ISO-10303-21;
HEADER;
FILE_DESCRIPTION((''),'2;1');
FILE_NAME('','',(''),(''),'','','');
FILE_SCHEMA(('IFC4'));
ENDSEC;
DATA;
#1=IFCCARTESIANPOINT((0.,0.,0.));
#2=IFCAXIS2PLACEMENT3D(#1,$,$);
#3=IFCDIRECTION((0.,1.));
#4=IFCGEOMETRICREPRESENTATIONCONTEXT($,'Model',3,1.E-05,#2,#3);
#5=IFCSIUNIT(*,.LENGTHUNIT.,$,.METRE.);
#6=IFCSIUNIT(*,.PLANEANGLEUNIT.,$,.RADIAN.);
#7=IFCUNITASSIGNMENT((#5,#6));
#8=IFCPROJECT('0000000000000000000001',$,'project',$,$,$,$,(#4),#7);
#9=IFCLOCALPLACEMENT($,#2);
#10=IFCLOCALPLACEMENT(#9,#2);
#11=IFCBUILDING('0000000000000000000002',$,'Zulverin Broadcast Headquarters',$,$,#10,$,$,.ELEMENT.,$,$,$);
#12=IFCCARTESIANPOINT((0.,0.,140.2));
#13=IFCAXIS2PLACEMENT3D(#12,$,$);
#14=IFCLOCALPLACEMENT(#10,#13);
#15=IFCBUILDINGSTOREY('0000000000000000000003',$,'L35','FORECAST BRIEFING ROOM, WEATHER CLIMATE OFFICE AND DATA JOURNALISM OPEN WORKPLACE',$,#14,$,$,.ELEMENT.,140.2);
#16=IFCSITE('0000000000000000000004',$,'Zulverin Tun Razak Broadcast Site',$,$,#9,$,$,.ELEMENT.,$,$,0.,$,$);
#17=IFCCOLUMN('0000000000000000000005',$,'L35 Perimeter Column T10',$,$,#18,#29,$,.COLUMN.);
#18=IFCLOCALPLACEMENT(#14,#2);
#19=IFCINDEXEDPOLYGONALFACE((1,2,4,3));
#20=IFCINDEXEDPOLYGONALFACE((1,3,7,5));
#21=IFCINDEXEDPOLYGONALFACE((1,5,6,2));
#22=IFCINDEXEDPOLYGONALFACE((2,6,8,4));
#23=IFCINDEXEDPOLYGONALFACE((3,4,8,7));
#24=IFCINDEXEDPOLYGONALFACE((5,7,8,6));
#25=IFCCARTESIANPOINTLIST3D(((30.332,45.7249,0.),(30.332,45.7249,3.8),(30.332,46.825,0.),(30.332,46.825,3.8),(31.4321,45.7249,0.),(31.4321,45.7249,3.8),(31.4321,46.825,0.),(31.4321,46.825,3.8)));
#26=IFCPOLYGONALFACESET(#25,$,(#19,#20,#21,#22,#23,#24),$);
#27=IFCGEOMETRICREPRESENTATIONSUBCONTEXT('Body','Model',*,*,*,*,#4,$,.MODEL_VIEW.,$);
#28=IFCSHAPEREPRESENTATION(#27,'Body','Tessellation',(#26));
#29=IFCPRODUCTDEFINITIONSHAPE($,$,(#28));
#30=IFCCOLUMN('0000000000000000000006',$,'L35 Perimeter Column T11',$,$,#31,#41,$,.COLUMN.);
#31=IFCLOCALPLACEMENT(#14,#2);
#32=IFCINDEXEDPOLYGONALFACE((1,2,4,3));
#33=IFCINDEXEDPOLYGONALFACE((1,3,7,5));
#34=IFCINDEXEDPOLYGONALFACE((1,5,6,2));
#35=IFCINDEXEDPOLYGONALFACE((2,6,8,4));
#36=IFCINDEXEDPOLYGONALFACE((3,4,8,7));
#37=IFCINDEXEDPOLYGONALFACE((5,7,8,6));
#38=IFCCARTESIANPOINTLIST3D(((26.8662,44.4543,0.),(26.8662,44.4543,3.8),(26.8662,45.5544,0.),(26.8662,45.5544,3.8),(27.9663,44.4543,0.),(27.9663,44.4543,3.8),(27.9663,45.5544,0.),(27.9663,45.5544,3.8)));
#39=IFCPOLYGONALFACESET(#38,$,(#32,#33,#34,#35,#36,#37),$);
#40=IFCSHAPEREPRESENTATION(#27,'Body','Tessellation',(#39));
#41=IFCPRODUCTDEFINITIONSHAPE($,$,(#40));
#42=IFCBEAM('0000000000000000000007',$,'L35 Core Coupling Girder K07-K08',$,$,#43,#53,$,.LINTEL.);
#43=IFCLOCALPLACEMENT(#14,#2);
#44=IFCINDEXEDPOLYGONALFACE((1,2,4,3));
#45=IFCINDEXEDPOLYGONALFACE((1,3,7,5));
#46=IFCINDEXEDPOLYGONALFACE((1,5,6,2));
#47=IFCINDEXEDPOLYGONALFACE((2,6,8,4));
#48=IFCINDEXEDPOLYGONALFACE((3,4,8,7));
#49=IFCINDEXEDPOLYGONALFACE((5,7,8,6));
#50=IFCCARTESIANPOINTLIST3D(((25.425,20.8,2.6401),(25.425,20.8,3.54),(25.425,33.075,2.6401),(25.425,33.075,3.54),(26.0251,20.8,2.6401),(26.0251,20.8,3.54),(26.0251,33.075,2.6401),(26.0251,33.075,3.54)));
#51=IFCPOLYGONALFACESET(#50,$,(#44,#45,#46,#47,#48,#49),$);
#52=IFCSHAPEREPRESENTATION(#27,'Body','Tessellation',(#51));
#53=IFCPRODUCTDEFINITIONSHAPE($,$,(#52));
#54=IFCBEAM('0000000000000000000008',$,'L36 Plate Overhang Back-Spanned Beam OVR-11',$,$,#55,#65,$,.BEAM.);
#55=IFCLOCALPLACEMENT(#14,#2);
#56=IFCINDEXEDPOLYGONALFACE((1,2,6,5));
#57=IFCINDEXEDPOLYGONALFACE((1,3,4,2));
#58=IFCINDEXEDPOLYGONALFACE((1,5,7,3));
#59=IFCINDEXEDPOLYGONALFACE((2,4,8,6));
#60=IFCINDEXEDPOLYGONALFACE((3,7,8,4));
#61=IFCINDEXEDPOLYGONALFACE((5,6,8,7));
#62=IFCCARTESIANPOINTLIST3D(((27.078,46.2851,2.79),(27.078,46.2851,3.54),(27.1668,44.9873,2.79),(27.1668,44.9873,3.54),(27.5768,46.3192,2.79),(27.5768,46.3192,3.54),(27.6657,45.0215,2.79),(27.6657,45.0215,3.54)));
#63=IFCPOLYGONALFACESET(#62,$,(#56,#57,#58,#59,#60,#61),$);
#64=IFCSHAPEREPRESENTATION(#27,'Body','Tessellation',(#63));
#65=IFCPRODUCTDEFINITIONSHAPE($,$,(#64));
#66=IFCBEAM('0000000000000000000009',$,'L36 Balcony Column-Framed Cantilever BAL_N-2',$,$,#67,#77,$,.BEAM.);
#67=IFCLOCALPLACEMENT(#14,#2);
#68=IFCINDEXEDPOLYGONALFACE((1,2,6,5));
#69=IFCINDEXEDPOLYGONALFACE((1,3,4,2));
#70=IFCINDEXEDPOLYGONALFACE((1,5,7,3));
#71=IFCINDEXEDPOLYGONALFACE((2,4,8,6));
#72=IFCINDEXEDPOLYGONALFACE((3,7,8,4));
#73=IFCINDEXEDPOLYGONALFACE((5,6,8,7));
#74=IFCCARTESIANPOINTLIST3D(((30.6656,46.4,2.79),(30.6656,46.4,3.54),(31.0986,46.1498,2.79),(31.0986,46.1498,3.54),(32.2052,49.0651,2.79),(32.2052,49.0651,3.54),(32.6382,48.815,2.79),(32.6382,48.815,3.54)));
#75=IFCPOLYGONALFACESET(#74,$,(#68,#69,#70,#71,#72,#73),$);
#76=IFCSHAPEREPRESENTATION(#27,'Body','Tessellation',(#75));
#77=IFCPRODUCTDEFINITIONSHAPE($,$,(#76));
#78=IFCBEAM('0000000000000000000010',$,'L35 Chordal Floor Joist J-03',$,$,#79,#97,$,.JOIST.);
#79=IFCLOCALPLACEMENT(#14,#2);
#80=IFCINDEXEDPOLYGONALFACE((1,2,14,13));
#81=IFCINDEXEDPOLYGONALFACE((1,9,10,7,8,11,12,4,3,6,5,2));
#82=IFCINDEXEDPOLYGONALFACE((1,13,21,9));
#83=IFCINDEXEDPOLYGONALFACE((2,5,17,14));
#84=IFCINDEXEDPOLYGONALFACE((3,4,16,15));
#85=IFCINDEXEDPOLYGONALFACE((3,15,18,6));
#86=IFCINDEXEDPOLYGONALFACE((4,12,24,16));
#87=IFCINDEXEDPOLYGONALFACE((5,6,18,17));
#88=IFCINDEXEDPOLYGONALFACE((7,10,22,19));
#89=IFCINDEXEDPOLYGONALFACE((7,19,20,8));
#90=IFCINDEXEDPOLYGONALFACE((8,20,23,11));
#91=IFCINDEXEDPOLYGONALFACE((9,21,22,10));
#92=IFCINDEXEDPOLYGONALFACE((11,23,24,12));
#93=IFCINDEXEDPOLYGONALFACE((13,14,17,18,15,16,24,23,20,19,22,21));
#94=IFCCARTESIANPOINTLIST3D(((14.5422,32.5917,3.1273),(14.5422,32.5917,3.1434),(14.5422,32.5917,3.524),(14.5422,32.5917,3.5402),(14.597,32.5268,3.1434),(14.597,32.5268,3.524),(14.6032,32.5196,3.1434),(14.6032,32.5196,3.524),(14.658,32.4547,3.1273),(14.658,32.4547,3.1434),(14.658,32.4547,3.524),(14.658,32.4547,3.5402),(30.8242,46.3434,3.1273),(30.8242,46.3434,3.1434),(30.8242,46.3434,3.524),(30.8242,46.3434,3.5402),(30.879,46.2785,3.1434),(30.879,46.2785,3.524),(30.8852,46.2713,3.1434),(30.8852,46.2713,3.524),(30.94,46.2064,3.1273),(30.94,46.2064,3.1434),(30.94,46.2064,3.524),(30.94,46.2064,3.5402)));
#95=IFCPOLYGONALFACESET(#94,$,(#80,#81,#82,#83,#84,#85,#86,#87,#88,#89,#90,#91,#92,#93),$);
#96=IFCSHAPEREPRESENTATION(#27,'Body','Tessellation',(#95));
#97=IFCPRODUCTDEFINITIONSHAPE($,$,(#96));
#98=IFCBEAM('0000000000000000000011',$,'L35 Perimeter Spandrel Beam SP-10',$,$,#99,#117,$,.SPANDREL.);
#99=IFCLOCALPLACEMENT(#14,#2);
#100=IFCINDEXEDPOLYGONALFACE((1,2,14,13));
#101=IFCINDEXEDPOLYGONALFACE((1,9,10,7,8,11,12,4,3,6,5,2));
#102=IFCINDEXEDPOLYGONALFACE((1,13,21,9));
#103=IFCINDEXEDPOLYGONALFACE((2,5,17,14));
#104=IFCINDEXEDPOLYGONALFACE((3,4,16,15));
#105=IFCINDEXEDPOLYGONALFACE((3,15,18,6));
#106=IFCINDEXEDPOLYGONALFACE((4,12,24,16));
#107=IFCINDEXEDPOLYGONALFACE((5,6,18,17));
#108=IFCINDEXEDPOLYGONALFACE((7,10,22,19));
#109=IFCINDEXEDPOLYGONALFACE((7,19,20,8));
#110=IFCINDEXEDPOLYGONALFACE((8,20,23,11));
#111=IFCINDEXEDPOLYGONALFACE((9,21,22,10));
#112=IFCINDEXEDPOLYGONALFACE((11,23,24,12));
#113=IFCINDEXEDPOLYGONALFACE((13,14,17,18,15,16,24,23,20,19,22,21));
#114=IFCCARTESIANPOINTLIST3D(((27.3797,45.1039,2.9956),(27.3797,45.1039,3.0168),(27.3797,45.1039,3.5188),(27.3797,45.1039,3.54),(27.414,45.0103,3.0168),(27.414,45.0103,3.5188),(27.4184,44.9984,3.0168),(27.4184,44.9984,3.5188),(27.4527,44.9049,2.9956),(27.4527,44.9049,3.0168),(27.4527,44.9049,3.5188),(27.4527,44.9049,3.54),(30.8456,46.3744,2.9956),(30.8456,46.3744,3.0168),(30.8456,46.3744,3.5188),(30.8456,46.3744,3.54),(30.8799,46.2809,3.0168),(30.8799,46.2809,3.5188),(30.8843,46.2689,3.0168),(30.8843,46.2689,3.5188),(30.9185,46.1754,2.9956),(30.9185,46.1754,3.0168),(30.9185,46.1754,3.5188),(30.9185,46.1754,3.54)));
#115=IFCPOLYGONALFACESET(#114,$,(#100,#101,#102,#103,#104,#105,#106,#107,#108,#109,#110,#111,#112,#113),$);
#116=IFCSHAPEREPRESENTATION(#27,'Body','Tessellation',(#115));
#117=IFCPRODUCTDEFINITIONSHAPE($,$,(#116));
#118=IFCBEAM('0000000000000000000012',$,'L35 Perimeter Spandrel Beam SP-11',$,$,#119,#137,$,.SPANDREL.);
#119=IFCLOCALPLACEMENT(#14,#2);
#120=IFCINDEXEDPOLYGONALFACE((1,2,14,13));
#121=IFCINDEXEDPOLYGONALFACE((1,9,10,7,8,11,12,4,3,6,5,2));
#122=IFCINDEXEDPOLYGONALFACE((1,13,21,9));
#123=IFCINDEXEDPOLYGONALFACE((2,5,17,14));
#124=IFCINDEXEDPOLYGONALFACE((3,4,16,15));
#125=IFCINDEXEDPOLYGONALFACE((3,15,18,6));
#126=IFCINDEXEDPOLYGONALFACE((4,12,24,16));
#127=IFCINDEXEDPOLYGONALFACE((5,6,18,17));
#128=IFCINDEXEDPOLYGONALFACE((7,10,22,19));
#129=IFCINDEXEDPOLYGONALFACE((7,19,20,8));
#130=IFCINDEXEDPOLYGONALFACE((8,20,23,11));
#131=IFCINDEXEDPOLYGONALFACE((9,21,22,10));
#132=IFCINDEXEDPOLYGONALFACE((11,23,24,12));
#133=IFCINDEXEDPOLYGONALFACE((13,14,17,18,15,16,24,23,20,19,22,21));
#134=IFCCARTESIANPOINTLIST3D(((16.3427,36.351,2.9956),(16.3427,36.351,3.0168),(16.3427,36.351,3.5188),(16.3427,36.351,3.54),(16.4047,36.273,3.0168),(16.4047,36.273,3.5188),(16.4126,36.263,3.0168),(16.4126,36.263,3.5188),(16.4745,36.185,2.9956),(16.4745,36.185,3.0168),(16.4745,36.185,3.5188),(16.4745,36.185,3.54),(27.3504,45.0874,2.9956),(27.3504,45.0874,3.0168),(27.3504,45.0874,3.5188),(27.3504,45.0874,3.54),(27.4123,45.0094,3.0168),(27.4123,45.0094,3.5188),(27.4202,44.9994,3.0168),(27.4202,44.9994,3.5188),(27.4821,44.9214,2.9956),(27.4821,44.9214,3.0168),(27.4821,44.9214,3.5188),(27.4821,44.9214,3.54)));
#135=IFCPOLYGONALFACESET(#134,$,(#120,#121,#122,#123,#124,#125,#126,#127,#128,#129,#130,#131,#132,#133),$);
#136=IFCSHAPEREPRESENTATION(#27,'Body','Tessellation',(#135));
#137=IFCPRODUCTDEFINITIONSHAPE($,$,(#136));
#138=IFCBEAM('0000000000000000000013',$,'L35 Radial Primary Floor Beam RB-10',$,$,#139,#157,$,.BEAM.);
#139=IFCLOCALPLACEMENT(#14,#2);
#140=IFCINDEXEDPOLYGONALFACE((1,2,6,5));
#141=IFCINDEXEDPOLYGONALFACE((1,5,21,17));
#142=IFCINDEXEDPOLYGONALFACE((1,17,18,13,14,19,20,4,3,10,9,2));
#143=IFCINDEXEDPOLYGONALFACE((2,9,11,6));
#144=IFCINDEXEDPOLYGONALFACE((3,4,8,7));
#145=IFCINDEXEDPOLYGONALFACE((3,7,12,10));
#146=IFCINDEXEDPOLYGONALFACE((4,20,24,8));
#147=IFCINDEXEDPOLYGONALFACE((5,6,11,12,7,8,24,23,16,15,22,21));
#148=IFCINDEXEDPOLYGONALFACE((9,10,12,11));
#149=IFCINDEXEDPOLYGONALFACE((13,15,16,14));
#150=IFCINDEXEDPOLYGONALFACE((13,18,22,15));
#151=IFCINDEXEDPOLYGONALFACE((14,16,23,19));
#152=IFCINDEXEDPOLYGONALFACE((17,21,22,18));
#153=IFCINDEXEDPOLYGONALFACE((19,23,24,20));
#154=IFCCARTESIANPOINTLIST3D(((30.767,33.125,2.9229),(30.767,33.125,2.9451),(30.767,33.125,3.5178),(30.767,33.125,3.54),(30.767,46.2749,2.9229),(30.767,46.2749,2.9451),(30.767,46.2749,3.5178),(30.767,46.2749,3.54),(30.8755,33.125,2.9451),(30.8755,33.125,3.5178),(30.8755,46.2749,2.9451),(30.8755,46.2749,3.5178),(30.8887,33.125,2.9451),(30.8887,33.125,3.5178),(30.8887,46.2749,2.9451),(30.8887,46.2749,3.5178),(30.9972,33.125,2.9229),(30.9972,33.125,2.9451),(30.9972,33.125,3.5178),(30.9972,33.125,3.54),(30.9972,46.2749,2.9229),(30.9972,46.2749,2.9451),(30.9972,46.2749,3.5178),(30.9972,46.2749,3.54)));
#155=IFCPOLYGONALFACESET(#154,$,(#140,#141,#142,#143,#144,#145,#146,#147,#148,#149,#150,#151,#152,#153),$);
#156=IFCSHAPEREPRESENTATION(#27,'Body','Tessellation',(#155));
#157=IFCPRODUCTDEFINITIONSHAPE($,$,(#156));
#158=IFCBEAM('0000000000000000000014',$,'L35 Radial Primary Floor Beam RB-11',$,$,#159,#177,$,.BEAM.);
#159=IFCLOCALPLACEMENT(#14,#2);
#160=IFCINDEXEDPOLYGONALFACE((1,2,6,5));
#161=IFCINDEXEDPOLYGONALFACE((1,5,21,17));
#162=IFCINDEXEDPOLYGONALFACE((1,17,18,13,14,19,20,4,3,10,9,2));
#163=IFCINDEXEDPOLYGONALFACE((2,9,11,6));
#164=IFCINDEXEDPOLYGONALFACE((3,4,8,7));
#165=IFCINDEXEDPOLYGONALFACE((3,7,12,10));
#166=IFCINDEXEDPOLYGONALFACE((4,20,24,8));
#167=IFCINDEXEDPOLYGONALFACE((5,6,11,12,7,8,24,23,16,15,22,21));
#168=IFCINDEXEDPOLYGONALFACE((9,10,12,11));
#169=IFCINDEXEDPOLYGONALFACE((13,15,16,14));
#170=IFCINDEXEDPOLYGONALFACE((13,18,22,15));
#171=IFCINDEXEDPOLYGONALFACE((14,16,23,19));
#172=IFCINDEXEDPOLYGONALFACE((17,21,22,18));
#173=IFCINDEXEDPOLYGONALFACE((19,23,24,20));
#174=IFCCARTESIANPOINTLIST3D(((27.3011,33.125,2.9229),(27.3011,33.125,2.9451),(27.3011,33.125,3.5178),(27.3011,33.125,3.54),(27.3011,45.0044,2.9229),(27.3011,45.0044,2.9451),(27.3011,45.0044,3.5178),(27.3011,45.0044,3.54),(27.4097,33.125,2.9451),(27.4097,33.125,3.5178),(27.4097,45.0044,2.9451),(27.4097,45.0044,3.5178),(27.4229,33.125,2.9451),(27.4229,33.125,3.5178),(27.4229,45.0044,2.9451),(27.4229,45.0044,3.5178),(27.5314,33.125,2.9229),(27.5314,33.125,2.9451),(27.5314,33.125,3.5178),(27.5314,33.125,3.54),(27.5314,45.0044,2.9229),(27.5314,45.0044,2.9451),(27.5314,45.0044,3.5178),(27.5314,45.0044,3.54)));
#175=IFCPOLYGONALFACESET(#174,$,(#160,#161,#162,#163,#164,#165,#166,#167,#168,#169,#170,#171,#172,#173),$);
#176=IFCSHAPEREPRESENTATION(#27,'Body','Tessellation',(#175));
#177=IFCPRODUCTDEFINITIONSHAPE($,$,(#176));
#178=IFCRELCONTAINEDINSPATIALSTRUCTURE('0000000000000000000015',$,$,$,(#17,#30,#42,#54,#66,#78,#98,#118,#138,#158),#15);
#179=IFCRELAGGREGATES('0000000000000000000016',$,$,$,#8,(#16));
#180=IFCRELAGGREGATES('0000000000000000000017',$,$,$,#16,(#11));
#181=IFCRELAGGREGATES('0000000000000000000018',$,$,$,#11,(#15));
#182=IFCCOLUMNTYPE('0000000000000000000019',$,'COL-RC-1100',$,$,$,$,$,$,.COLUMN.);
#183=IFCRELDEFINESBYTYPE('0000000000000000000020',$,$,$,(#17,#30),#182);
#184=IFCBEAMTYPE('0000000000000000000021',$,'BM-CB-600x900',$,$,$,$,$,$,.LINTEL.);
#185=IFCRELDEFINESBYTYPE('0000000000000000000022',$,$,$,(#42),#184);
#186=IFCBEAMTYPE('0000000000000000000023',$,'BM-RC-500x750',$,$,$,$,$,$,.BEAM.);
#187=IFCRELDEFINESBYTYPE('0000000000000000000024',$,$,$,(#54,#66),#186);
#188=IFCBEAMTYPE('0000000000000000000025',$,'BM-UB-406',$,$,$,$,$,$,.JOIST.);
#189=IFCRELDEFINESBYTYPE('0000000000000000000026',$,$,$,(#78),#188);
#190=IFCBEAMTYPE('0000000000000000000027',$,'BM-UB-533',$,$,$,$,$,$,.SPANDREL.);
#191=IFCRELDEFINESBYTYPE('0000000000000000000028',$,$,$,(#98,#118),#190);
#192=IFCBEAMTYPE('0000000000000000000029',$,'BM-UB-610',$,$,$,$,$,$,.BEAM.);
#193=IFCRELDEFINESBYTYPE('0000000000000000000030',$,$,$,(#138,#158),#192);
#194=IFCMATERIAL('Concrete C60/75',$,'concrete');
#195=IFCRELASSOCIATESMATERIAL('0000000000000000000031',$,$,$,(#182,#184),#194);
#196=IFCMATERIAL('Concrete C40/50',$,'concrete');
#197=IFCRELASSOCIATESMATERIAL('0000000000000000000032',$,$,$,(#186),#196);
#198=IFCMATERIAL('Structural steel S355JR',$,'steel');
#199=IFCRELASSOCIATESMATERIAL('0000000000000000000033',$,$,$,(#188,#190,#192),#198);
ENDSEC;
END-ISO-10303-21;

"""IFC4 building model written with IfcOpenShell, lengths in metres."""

from ifc_helpers import new_model, si_unit, direction, frame, origin, origin_2d, place, context, subcontext, project, spatial, rectangle, i_section, extrude, material, material_profile, profile_set, type_object, element, save


model = new_model("IFC4")

# Units and contexts
model_context = context("Model", 3, precision=1e-05, world=origin(), true_north=direction((0.0, 1.0)))
body_context = subcontext(model_context, "Body", "Model", "MODEL_VIEW")
ifc_project = project(units=[si_unit("LENGTHUNIT", "METRE"), si_unit("PLANEANGLEUNIT", "RADIAN")], contexts=[model_context])

# Site, building, storey
site_placement = place(None, origin())
site = spatial("IfcSite", under=ifc_project, at=site_placement, Name="Zulverin Tun Razak Broadcast Site", CompositionType="ELEMENT", RefElevation=0.0)
building_placement = place(site_placement, origin())
building = spatial("IfcBuilding", under=site, at=building_placement, Name="Zulverin Broadcast Headquarters", CompositionType="ELEMENT")
storey_placement = place(building_placement, frame((0.0, 0.0, 140.2)))
storey = spatial("IfcBuildingStorey", under=building, at=storey_placement, Name="L35", Description="FORECAST BRIEFING ROOM, WEATHER CLIMATE OFFICE AND DATA JOURNALISM OPEN WORKPLACE", CompositionType="ELEMENT", Elevation=140.2)

# Columns
ifc_material_1 = material(Name="Concrete C60/75", Category="concrete")
ifc_material_profile_1 = material_profile(ifc_material_1, rectangle(XDim=1.1001, YDim=1.1001, at=origin_2d()), Name="Concrete C60/75", Category="concrete")
ifc_profile_set_1 = profile_set([ifc_material_profile_1], Name="Concrete C60/75")
column_type = type_object("IfcColumnType", Name="COL-RC-1100", PredefinedType="COLUMN", material=ifc_profile_set_1)
for number, where, z_axis, x_axis, name in (
    (1, (30.8821, 46.2749, 0.0), (0.0, 0.0, 1.0), (1.0, 0.0, 0.0), "L35 Perimeter Column T10"),
    (2, (27.4163, 45.0044, 0.0), (0.0, 0.0, 1.0), (1.0, 0.0, 0.0), "L35 Perimeter Column T11"),
):
    element("IfcColumn", number, at=place(storey_placement, frame(where, z_axis=z_axis, x_axis=x_axis)), inside=storey, type_object=column_type, Name=name, PredefinedType="COLUMN", context=body_context, shape_type="SweptSolid", body=[
        extrude(rectangle(XDim=1.1001, YDim=1.1001, at=origin_2d()), origin(), (0.0, 0.0, 1.0), 3.8),
    ])

# Beams
ifc_material_profile_2 = material_profile(ifc_material_1, rectangle(XDim=0.6001, YDim=0.8999, at=origin_2d()), Name="Concrete C60/75", Category="concrete")
ifc_profile_set_2 = profile_set([ifc_material_profile_2], Name="Concrete C60/75")
beam_type_1 = type_object("IfcBeamType", Name="BM-CB-600x900", PredefinedType="LINTEL", material=ifc_profile_set_2)
beam_1_placement = place(storey_placement, frame((25.7251, 33.075, 3.0901), z_axis=(0.0, -1.0, 0.0), x_axis=(1.0, 0.0, 0.0)))
element("IfcBeam", 3, at=beam_1_placement, inside=storey, type_object=beam_type_1, Name="L35 Core Coupling Girder K07-K08", PredefinedType="LINTEL", context=body_context, shape_type="SweptSolid", body=[
    extrude(rectangle(XDim=0.6001, YDim=0.8999, at=origin_2d()), origin(), (0.0, 0.0, 1.0), 12.2749),
])
ifc_material_2 = material(Name="Concrete C40/50", Category="concrete")
ifc_material_profile_3 = material_profile(ifc_material_2, rectangle(XDim=0.5, YDim=0.75, at=origin_2d()), Name="Concrete C40/50", Category="concrete")
ifc_profile_set_3 = profile_set([ifc_material_profile_3], Name="Concrete C40/50")
beam_type_2 = type_object("IfcBeamType", Name="BM-RC-500x750", PredefinedType="BEAM", material=ifc_profile_set_3)
beam_2_placement = place(storey_placement, frame((27.4163, 45.0044, 3.165), z_axis=(-0.068313, 0.997664, 0.0), x_axis=(-0.997664, -0.068313, 0.0)))
element("IfcBeam", 4, at=beam_2_placement, inside=storey, type_object=beam_type_2, Name="L36 Plate Overhang Back-Spanned Beam OVR-11", PredefinedType="BEAM", context=body_context, shape_type="SweptSolid", body=[
    extrude(rectangle(XDim=0.5, YDim=0.75, at=origin_2d()), origin(), (0.0, 0.0, 1.0), 1.3008),
])
beam_3_placement = place(storey_placement, frame((30.8821, 46.2749, 3.165), z_axis=(0.500217, 0.8659, 0.0), x_axis=(-0.8659, 0.500217, 0.0)))
element("IfcBeam", 5, at=beam_3_placement, inside=storey, type_object=beam_type_2, Name="L36 Balcony Column-Framed Cantilever BAL_N-2", PredefinedType="BEAM", context=body_context, shape_type="SweptSolid", body=[
    extrude(rectangle(XDim=0.5, YDim=0.75, at=origin_2d()), origin(), (0.0, 0.0, 1.0), 3.0779),
])
ifc_material_3 = material(Name="Structural steel S355JR", Category="steel")
ifc_material_profile_4 = material_profile(ifc_material_3, i_section(OverallWidth=0.1794, OverallDepth=0.4128, WebThickness=0.0095, FlangeThickness=0.0161, at=origin_2d()), Name="Structural steel S355JR", Category="steel")
ifc_profile_set_4 = profile_set([ifc_material_profile_4], Name="Structural steel S355JR")
beam_type_3 = type_object("IfcBeamType", Name="BM-UB-406", PredefinedType="JOIST", material=ifc_profile_set_4)
beam_4_placement = place(storey_placement, frame((30.8821, 46.2749, 3.3337), z_axis=(-0.763973, -0.645249, 0.0), x_axis=(0.645249, -0.763973, 0.0)))
element("IfcBeam", 6, at=beam_4_placement, inside=storey, type_object=beam_type_3, Name="L35 Chordal Floor Joist J-03", PredefinedType="JOIST", context=body_context, shape_type="SweptSolid", body=[
    extrude(i_section(OverallWidth=0.1794, OverallDepth=0.4128, WebThickness=0.0095, FlangeThickness=0.0161, at=origin_2d()), origin(), (0.0, 0.0, 1.0), 21.3123),
])
ifc_material_profile_5 = material_profile(ifc_material_3, i_section(OverallWidth=0.2119, OverallDepth=0.5444, WebThickness=0.0127, FlangeThickness=0.0212, at=origin_2d()), Name="Structural steel S355JR", Category="steel")
ifc_profile_set_5 = profile_set([ifc_material_profile_5], Name="Structural steel S355JR")
beam_type_4 = type_object("IfcBeamType", Name="BM-UB-533", PredefinedType="SPANDREL", material=ifc_profile_set_5)
beam_5_placement = place(storey_placement, frame((30.8821, 46.2749, 3.2678), z_axis=(-0.938902, -0.344185, 0.0), x_axis=(0.344185, -0.938902, 0.0)))
element("IfcBeam", 7, at=beam_5_placement, inside=storey, type_object=beam_type_4, Name="L35 Perimeter Spandrel Beam SP-10", PredefinedType="SPANDREL", context=body_context, shape_type="SweptSolid", body=[
    extrude(i_section(OverallWidth=0.2119, OverallDepth=0.5444, WebThickness=0.0127, FlangeThickness=0.0212, at=origin_2d()), origin(), (0.0, 0.0, 1.0), 3.6914),
])
beam_6_placement = place(storey_placement, frame((27.4163, 45.0044, 3.2678), z_axis=(-0.783283, -0.621665, 0.0), x_axis=(0.621665, -0.783283, 0.0)))
element("IfcBeam", 8, at=beam_6_placement, inside=storey, type_object=beam_type_4, Name="L35 Perimeter Spandrel Beam SP-11", PredefinedType="SPANDREL", context=body_context, shape_type="SweptSolid", body=[
    extrude(i_section(OverallWidth=0.2119, OverallDepth=0.5444, WebThickness=0.0127, FlangeThickness=0.0212, at=origin_2d()), origin(), (0.0, 0.0, 1.0), 14.0532),
])
ifc_material_profile_6 = material_profile(ifc_material_3, i_section(OverallWidth=0.2302, OverallDepth=0.6172, WebThickness=0.0132, FlangeThickness=0.0222, at=origin_2d()), Name="Structural steel S355JR", Category="steel")
ifc_profile_set_6 = profile_set([ifc_material_profile_6], Name="Structural steel S355JR")
beam_type_5 = type_object("IfcBeamType", Name="BM-UB-610", PredefinedType="BEAM", material=ifc_profile_set_6)
beam_7_placement = place(storey_placement, frame((30.8821, 33.125, 3.2314), z_axis=(0.0, 1.0, 0.0), x_axis=(-1.0, 0.0, 0.0)))
element("IfcBeam", 9, at=beam_7_placement, inside=storey, type_object=beam_type_5, Name="L35 Radial Primary Floor Beam RB-10", PredefinedType="BEAM", context=body_context, shape_type="SweptSolid", body=[
    extrude(i_section(OverallWidth=0.2302, OverallDepth=0.6172, WebThickness=0.0132, FlangeThickness=0.0222, at=origin_2d()), origin(), (0.0, 0.0, 1.0), 13.1499),
])
beam_8_placement = place(storey_placement, frame((27.4163, 33.125, 3.2314), z_axis=(0.0, 1.0, 0.0), x_axis=(-1.0, 0.0, 0.0)))
element("IfcBeam", 10, at=beam_8_placement, inside=storey, type_object=beam_type_5, Name="L35 Radial Primary Floor Beam RB-11", PredefinedType="BEAM", context=body_context, shape_type="SweptSolid", body=[
    extrude(i_section(OverallWidth=0.2302, OverallDepth=0.6172, WebThickness=0.0132, FlangeThickness=0.0222, at=origin_2d()), origin(), (0.0, 0.0, 1.0), 11.8794),
])

save(model, "model.ifc")
